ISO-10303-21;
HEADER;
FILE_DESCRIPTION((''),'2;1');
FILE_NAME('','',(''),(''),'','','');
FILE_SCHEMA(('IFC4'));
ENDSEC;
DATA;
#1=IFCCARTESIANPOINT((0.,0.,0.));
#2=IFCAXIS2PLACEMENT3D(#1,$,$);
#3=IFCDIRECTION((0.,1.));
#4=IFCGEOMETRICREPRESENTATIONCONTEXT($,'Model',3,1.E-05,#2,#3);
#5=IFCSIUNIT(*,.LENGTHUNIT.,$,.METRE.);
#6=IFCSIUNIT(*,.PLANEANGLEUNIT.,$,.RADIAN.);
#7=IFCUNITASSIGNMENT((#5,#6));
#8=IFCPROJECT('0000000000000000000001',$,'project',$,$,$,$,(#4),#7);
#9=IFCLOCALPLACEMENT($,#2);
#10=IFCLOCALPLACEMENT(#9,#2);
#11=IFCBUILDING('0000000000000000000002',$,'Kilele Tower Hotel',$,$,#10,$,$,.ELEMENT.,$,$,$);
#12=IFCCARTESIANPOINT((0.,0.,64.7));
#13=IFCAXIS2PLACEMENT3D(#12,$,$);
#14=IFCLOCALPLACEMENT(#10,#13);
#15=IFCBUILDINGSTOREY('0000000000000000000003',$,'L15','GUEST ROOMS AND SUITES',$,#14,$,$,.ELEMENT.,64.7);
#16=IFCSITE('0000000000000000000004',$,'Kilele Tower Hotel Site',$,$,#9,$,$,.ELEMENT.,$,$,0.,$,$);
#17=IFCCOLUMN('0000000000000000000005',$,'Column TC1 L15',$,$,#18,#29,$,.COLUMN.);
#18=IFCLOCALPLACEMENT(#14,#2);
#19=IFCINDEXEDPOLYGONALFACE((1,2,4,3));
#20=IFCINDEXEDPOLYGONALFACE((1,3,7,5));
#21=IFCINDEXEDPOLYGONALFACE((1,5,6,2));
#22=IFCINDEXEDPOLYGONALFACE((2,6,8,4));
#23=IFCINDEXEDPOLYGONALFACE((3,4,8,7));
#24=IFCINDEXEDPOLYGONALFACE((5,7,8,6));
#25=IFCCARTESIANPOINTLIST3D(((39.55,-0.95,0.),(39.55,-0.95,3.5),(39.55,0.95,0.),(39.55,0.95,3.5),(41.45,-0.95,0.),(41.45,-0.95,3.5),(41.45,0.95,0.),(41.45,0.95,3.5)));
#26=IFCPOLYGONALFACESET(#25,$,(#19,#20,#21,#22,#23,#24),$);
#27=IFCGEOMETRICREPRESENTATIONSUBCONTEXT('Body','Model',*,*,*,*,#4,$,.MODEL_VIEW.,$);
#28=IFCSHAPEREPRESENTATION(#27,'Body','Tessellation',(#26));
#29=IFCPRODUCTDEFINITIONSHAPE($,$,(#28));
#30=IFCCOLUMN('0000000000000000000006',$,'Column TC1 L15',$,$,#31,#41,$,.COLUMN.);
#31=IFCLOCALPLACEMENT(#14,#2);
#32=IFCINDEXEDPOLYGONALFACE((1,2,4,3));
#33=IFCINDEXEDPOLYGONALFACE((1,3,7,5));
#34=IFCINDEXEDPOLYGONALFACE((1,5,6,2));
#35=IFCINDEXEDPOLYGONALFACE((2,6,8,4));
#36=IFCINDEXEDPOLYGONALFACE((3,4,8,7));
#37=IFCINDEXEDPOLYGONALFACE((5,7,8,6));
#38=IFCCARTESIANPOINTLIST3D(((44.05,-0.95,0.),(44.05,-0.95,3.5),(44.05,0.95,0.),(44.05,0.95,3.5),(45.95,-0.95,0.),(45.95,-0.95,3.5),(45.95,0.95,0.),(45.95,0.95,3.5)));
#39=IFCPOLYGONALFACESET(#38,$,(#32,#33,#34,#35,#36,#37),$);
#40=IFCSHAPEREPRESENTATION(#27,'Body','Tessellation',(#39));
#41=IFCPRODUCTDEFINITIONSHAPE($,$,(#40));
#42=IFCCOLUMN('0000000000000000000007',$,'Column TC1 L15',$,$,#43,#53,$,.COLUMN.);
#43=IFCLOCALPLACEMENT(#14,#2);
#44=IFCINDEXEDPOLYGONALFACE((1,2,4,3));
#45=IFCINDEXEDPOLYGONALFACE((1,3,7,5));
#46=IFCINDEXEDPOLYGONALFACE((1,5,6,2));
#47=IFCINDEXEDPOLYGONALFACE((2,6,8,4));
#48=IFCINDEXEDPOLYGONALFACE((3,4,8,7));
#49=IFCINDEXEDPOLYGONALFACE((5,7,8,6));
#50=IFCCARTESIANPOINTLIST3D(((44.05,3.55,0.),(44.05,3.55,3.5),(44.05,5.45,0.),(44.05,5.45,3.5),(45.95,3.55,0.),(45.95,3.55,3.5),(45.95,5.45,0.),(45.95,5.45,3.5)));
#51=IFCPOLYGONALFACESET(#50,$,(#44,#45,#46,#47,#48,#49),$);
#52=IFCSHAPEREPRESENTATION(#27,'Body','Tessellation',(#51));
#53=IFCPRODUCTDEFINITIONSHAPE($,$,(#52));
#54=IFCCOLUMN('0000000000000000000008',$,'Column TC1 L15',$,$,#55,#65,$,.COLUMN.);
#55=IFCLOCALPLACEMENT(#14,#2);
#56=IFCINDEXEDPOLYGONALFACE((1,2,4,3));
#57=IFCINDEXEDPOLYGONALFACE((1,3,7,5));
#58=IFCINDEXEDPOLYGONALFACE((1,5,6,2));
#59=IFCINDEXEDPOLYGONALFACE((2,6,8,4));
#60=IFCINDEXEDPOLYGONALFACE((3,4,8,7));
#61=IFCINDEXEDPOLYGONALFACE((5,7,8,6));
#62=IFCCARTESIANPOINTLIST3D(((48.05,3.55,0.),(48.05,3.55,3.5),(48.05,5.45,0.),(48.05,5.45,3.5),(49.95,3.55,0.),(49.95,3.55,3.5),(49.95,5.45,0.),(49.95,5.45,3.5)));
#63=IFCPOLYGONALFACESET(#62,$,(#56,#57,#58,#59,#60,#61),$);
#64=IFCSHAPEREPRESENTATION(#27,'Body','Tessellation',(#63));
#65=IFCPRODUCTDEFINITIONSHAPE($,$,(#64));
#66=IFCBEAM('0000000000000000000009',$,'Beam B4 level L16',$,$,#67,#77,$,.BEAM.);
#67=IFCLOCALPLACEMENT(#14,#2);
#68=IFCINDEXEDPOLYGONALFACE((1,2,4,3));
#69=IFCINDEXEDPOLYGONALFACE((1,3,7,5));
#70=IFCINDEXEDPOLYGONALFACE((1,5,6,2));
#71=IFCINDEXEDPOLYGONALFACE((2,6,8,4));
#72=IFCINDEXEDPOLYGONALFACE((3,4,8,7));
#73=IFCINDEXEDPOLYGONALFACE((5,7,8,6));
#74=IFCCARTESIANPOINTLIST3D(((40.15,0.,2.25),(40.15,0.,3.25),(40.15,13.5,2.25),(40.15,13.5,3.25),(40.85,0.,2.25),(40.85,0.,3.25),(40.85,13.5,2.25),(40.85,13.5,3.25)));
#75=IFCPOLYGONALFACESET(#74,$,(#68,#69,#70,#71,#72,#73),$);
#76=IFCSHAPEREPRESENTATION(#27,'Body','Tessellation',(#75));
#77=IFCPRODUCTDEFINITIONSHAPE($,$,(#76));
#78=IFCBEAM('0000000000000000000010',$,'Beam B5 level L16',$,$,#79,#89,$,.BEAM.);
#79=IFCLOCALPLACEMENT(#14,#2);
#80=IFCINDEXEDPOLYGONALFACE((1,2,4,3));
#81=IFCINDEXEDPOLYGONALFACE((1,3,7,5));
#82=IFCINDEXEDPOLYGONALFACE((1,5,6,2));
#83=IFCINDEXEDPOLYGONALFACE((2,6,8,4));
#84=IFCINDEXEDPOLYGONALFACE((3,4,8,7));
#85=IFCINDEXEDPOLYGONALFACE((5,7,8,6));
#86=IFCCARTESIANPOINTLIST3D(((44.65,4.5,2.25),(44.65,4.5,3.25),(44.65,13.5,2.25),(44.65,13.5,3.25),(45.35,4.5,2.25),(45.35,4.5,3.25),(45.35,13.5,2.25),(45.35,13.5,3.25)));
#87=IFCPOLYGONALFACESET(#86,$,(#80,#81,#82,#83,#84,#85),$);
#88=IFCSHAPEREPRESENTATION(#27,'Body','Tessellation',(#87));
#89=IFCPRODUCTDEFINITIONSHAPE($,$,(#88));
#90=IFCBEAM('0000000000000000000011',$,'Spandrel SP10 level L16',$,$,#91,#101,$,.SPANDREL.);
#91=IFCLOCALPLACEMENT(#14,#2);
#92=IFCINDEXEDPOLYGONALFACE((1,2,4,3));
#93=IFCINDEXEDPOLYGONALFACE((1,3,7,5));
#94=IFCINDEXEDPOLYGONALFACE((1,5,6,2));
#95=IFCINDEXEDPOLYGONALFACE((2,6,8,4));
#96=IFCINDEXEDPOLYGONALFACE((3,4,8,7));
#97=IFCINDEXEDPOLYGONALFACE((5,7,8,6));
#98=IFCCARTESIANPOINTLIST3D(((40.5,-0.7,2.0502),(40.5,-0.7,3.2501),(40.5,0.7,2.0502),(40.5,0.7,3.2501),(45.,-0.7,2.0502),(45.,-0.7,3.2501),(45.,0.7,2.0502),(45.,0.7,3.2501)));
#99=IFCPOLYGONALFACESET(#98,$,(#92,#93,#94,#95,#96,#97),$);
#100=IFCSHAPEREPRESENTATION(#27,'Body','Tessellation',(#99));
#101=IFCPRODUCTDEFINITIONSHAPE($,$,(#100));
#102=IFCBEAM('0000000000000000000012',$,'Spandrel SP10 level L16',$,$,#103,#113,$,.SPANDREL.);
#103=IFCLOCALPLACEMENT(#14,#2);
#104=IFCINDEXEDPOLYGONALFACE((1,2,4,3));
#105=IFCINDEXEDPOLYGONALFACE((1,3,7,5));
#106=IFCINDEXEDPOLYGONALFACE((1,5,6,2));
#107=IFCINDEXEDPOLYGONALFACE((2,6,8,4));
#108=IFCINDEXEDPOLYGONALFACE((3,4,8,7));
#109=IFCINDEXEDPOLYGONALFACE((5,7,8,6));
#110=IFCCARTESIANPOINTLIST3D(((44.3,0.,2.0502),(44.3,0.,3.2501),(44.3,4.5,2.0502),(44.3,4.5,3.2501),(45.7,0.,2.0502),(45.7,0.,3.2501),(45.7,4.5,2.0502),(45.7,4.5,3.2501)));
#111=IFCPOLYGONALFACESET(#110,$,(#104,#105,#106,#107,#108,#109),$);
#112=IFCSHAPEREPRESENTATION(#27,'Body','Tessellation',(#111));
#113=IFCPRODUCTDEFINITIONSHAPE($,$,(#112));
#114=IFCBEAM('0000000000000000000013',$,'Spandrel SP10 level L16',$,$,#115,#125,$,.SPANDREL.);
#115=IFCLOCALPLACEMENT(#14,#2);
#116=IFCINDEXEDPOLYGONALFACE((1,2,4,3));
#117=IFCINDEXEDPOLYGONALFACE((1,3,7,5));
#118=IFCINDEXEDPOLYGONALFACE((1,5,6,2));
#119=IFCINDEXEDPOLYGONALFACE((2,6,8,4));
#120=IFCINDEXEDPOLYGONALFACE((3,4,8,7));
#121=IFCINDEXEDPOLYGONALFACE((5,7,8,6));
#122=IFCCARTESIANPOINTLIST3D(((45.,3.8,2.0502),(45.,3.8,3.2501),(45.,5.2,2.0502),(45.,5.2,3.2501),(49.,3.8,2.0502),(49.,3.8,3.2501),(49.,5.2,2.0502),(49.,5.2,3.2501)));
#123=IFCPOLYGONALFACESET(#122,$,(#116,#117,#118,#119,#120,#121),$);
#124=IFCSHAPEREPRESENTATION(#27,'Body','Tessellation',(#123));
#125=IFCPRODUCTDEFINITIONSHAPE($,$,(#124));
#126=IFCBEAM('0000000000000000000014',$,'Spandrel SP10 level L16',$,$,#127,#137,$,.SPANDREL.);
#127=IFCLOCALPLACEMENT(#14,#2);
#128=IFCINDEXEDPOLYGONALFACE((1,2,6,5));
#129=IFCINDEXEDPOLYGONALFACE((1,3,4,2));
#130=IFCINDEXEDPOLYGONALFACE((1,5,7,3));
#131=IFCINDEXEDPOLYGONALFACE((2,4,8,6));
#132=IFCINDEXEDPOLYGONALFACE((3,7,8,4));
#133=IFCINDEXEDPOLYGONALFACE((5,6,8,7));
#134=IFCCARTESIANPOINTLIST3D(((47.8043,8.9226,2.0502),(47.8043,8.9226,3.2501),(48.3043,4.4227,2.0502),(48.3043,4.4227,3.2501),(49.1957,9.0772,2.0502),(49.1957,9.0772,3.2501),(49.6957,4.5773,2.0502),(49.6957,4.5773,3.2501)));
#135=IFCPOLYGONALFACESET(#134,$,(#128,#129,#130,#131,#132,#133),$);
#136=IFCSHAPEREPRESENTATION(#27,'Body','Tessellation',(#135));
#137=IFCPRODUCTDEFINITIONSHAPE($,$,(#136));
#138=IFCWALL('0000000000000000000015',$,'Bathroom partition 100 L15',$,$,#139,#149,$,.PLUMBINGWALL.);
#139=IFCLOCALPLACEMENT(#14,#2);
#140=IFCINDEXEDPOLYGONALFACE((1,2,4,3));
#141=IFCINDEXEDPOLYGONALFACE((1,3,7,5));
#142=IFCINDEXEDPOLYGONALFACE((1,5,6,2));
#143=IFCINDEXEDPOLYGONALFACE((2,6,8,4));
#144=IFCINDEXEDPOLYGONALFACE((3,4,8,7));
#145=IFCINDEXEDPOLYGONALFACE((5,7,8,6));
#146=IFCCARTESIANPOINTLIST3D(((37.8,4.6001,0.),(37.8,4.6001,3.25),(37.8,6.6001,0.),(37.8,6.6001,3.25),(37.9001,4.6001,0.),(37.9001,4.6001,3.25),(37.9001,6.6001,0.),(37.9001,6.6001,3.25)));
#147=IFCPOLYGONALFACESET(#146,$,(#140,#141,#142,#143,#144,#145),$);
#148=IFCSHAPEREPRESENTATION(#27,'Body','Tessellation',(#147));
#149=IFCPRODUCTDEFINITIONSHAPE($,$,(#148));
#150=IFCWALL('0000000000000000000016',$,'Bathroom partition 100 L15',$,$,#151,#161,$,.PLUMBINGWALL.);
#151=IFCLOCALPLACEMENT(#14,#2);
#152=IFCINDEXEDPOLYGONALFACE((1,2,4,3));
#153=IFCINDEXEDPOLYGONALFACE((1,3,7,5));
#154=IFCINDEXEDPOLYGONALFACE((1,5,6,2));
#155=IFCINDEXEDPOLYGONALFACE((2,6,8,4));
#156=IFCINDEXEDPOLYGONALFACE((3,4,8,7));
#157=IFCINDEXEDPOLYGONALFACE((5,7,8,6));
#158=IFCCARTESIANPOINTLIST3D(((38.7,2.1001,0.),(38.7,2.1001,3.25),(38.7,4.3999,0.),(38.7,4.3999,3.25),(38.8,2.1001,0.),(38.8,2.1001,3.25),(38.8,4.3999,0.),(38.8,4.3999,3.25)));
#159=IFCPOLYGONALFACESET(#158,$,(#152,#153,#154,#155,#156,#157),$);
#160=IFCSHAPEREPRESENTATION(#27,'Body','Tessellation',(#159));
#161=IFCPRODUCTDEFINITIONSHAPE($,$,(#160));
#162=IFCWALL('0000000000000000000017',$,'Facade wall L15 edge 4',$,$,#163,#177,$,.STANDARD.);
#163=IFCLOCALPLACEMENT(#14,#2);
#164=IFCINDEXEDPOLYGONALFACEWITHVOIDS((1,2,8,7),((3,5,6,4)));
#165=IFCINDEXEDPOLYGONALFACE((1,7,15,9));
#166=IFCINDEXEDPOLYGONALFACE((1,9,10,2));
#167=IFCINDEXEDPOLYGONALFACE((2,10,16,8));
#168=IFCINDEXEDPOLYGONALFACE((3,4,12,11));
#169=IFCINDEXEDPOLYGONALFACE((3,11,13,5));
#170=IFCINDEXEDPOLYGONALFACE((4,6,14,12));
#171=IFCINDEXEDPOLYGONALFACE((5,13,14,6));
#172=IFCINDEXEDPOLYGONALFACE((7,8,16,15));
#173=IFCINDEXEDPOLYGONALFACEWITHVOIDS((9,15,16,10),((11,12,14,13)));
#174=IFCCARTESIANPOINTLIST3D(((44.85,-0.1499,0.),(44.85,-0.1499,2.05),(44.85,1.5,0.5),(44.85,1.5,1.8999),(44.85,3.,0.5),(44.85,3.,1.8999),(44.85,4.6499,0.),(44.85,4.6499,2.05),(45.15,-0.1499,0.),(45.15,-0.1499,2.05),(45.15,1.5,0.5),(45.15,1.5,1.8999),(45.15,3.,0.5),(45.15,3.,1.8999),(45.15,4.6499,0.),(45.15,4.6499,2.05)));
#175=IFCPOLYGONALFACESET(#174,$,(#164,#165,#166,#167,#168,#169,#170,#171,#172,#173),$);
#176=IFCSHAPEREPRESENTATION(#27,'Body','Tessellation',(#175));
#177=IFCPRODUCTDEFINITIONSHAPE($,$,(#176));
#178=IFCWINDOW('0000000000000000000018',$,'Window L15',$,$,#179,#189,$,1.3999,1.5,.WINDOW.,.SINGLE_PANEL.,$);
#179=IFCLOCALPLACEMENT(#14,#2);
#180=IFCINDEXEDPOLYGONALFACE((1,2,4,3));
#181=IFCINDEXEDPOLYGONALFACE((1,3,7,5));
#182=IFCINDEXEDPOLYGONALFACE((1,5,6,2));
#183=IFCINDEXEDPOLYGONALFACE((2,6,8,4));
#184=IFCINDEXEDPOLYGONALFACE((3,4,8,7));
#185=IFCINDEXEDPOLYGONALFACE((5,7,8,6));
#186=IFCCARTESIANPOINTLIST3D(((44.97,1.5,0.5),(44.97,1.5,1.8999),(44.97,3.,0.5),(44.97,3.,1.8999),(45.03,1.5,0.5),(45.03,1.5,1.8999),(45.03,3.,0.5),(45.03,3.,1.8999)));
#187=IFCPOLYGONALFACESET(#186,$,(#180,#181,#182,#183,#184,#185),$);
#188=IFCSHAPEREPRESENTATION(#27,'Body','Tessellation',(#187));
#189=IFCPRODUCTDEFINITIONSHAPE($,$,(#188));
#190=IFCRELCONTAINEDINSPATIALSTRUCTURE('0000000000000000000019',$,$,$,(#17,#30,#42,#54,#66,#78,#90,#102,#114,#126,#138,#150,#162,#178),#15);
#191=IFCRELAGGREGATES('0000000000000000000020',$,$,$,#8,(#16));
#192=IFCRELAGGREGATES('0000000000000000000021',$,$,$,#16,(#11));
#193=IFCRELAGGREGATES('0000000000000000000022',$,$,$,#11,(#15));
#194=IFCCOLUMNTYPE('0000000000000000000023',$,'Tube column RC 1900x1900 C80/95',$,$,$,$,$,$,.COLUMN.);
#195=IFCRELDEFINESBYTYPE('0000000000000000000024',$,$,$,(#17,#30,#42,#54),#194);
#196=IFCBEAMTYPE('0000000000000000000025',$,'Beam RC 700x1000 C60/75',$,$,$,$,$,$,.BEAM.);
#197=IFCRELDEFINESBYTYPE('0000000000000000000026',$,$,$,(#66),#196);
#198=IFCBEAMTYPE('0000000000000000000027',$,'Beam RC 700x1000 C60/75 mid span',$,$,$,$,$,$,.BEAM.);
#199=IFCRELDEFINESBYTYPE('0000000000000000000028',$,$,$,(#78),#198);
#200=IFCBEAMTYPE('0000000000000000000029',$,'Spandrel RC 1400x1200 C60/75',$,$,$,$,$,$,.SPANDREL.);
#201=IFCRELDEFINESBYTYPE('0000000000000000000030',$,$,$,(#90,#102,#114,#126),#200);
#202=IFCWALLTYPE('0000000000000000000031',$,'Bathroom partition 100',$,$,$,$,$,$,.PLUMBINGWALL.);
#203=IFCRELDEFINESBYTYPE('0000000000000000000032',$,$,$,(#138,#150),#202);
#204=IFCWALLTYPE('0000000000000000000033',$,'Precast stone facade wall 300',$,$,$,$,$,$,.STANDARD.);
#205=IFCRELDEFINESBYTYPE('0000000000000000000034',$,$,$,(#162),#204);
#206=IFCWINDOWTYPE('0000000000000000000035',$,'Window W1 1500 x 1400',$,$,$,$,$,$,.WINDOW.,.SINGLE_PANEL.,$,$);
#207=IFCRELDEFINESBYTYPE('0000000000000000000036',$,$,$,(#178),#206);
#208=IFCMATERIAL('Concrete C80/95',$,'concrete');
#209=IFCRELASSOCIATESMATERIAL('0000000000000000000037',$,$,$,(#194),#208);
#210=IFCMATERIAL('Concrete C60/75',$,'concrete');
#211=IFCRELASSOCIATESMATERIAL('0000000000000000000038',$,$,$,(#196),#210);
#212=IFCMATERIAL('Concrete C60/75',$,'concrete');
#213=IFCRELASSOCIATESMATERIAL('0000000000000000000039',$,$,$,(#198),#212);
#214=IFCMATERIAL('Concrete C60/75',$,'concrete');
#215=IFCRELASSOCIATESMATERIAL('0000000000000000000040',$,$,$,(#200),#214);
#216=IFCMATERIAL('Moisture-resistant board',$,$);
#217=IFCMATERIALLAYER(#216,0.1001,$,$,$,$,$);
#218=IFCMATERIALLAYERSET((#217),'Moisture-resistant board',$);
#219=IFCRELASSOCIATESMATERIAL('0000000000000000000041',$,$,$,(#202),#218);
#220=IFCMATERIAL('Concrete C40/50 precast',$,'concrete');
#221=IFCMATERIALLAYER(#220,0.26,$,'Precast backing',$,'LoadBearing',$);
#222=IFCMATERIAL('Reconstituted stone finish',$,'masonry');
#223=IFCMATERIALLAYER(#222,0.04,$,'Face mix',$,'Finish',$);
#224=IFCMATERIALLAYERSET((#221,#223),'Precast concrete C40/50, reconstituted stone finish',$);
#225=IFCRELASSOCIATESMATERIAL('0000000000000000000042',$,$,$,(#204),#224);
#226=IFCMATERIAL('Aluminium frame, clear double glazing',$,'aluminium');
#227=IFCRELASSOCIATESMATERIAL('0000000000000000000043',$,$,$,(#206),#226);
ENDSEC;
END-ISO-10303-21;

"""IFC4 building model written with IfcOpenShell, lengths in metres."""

from ifc_helpers import new_model, si_unit, direction, frame, frame_2d, origin, origin_2d, place, context, subcontext, project, spatial, rectangle, extrude, material, layer, layer_set, material_profile, profile_set, type_object, element, fill, save


model = new_model("IFC4")

# Units and contexts
model_context = context("Model", 3, precision=1e-05, world=origin(), true_north=direction((0.0, 1.0)))
body_context = subcontext(model_context, "Body", "Model", "MODEL_VIEW")
ifc_project = project(units=[si_unit("LENGTHUNIT", "METRE"), si_unit("PLANEANGLEUNIT", "RADIAN")], contexts=[model_context])

# Site, building, storey
site_placement = place(None, origin())
site = spatial("IfcSite", under=ifc_project, at=site_placement, Name="Kilele Tower Hotel Site", CompositionType="ELEMENT", RefElevation=0.0)
building_placement = place(site_placement, origin())
building = spatial("IfcBuilding", under=site, at=building_placement, Name="Kilele Tower Hotel", CompositionType="ELEMENT")
storey_placement = place(building_placement, frame((0.0, 0.0, 64.7)))
storey = spatial("IfcBuildingStorey", under=building, at=storey_placement, Name="L15", Description="GUEST ROOMS AND SUITES", CompositionType="ELEMENT", Elevation=64.7)

# Columns
ifc_material_1 = material(Name="Concrete C80/95", Category="concrete")
ifc_material_profile_1 = material_profile(ifc_material_1, rectangle(XDim=1.8999, YDim=1.8999, at=origin_2d()))
ifc_profile_set_1 = profile_set([ifc_material_profile_1], Name="Concrete C80/95")
column_type = type_object("IfcColumnType", Name="Tube column RC 1900x1900 C80/95", PredefinedType="COLUMN", material=ifc_profile_set_1)
for number, where, z_axis, x_axis, name in (
    (1, (40.5, 0.0, 0.0), (0.0, 0.0, 1.0), (1.0, 0.0, 0.0), "Column TC1 L15"),
    (2, (45.0, 0.0, 0.0), (0.0, 0.0, 1.0), (1.0, 0.0, 0.0), "Column TC1 L15"),
    (3, (45.0, 4.5, 0.0), (0.0, 0.0, 1.0), (1.0, 0.0, 0.0), "Column TC1 L15"),
    (4, (49.0, 4.5, 0.0), (0.0, 0.0, 1.0), (1.0, 0.0, 0.0), "Column TC1 L15"),
):
    element("IfcColumn", number, at=place(storey_placement, frame(where, z_axis=z_axis, x_axis=x_axis)), inside=storey, type_object=column_type, Name=name, PredefinedType="COLUMN", context=body_context, shape_type="SweptSolid", body=[
        extrude(rectangle(XDim=1.8999, YDim=1.8999, at=origin_2d()), origin(), (0.0, 0.0, 1.0), 3.5),
    ])

# Beams
ifc_material_2 = material(Name="Concrete C60/75", Category="concrete")
ifc_material_profile_2 = material_profile(ifc_material_2, rectangle(XDim=0.7, YDim=1.0, at=origin_2d()))
ifc_profile_set_2 = profile_set([ifc_material_profile_2], Name="Concrete C60/75")
beam_type_1 = type_object("IfcBeamType", Name="Beam RC 700x1000 C60/75", PredefinedType="BEAM", material=ifc_profile_set_2)
beam_1_placement = place(storey_placement, frame((40.5, 0.0, 2.75), z_axis=(0.0, 1.0, 0.0), x_axis=(-1.0, 0.0, 0.0)))
element("IfcBeam", 5, at=beam_1_placement, inside=storey, type_object=beam_type_1, Name="Beam B4 level L16", PredefinedType="BEAM", context=body_context, shape_type="SweptSolid", body=[
    extrude(rectangle(XDim=0.7, YDim=1.0, at=origin_2d()), origin(), (0.0, 0.0, 1.0), 13.5),
])
ifc_material_3 = material(Name="Concrete C60/75", Category="concrete")
ifc_material_profile_3 = material_profile(ifc_material_3, rectangle(XDim=0.7, YDim=1.0, at=origin_2d()))
ifc_profile_set_3 = profile_set([ifc_material_profile_3], Name="Concrete C60/75")
beam_type_2 = type_object("IfcBeamType", Name="Beam RC 700x1000 C60/75 mid span", PredefinedType="BEAM", material=ifc_profile_set_3)
beam_2_placement = place(storey_placement, frame((45.0, 4.5, 2.75), z_axis=(0.0, 1.0, 0.0), x_axis=(-1.0, 0.0, 0.0)))
element("IfcBeam", 6, at=beam_2_placement, inside=storey, type_object=beam_type_2, Name="Beam B5 level L16", PredefinedType="BEAM", context=body_context, shape_type="SweptSolid", body=[
    extrude(rectangle(XDim=0.7, YDim=1.0, at=origin_2d()), origin(), (0.0, 0.0, 1.0), 9.0),
])
ifc_material_4 = material(Name="Concrete C60/75", Category="concrete")
ifc_material_profile_4 = material_profile(ifc_material_4, rectangle(XDim=1.3999, YDim=1.2, at=origin_2d()))
ifc_profile_set_4 = profile_set([ifc_material_profile_4], Name="Concrete C60/75")
beam_type_3 = type_object("IfcBeamType", Name="Spandrel RC 1400x1200 C60/75", PredefinedType="SPANDREL", material=ifc_profile_set_4)
for number, where, z_axis, x_axis, name in (
    (7, (40.5, 0.0, 2.6501), (1.0, 0.0, 0.0), (0.0, 1.0, 0.0), "Spandrel SP10 level L16"),
    (8, (45.0, 0.0, 2.6501), (0.0, 1.0, 0.0), (-1.0, 0.0, 0.0), "Spandrel SP10 level L16"),
):
    element("IfcBeam", number, at=place(storey_placement, frame(where, z_axis=z_axis, x_axis=x_axis)), inside=storey, type_object=beam_type_3, Name=name, PredefinedType="SPANDREL", context=body_context, shape_type="SweptSolid", body=[
        extrude(rectangle(XDim=1.3999, YDim=1.2, at=origin_2d()), origin(), (0.0, 0.0, 1.0), 4.5),
    ])
beam_3_placement = place(storey_placement, frame((45.0, 4.5, 2.6501), z_axis=(1.0, 0.0, 0.0), x_axis=(0.0, 1.0, 0.0)))
element("IfcBeam", 9, at=beam_3_placement, inside=storey, type_object=beam_type_3, Name="Spandrel SP10 level L16", PredefinedType="SPANDREL", context=body_context, shape_type="SweptSolid", body=[
    extrude(rectangle(XDim=1.3999, YDim=1.2, at=origin_2d()), origin(), (0.0, 0.0, 1.0), 4.0),
])
beam_4_placement = place(storey_placement, frame((49.0, 4.5, 2.6501), z_axis=(-0.110432, 0.993884, 0.0), x_axis=(-0.993884, -0.110432, 0.0)))
element("IfcBeam", 10, at=beam_4_placement, inside=storey, type_object=beam_type_3, Name="Spandrel SP10 level L16", PredefinedType="SPANDREL", context=body_context, shape_type="SweptSolid", body=[
    extrude(rectangle(XDim=1.3999, YDim=1.2, at=origin_2d()), origin(), (0.0, 0.0, 1.0), 4.5276),
])

# Walls
ifc_material_5 = material(Name="Moisture-resistant board")
ifc_layer_1 = layer(ifc_material_5, 0.1001)
ifc_layer_set_1 = layer_set([ifc_layer_1], Name="Moisture-resistant board")
wall_type_1 = type_object("IfcWallType", Name="Bathroom partition 100", PredefinedType="PLUMBINGWALL", material=ifc_layer_set_1)
wall_1_placement = place(storey_placement, frame((37.8501, 4.6001, 0.0), z_axis=(0.0, 0.0, 1.0), x_axis=(0.0, 1.0, 0.0)))
element("IfcWall", 11, at=wall_1_placement, inside=storey, type_object=wall_type_1, Name="Bathroom partition 100 L15", PredefinedType="PLUMBINGWALL", context=body_context, shape_type="SweptSolid", body=[
    extrude(rectangle(XDim=2.0, YDim=0.1001, at=frame_2d((1.0, 0.0))), origin(), (0.0, 0.0, 1.0), 3.25),
])
wall_2_placement = place(storey_placement, frame((38.75, 4.3999, 0.0), z_axis=(0.0, 0.0, 1.0), x_axis=(0.0, -1.0, 0.0)))
element("IfcWall", 12, at=wall_2_placement, inside=storey, type_object=wall_type_1, Name="Bathroom partition 100 L15", PredefinedType="PLUMBINGWALL", context=body_context, shape_type="SweptSolid", body=[
    extrude(rectangle(XDim=2.2998, YDim=0.1001, at=frame_2d((1.1499, 0.0))), origin(), (0.0, 0.0, 1.0), 3.25),
])

# Wall, opening, window
ifc_material_6 = material(Name="Concrete C40/50 precast", Category="concrete")
ifc_layer_2 = layer(ifc_material_6, 0.26, Name="Precast backing", Category="LoadBearing")
ifc_material_7 = material(Name="Reconstituted stone finish", Category="masonry")
ifc_layer_3 = layer(ifc_material_7, 0.04, Name="Face mix", Category="Finish")
ifc_layer_set_2 = layer_set([ifc_layer_2, ifc_layer_3], Name="Precast concrete C40/50, reconstituted stone finish")
wall_type_2 = type_object("IfcWallType", Name="Precast stone facade wall 300", PredefinedType="STANDARD", material=ifc_layer_set_2)
wall_3_placement = place(storey_placement, frame((45.0, -0.1499, 0.0), z_axis=(0.0, 0.0, 1.0), x_axis=(0.0, 1.0, 0.0)))
wall_3 = element("IfcWall", 13, at=wall_3_placement, inside=storey, type_object=wall_type_2, Name="Facade wall L15 edge 4", PredefinedType="STANDARD", context=body_context, shape_type="SweptSolid", body=[
    extrude(rectangle(XDim=4.7998, YDim=0.3, at=frame_2d((2.3999, 0.0))), origin(), (0.0, 0.0, 1.0), 2.05),
])
opening_1_placement = place(wall_3_placement, frame((1.6499, 0.0, 0.5)))
opening_1 = element("IfcOpeningElement", 14, at=opening_1_placement, cuts=wall_3, PredefinedType="OPENING", context=body_context, shape_type="SweptSolid", body=[
    extrude(rectangle(XDim=1.5, YDim=1.3999, at=frame_2d((0.75, 0.7))), frame((0.0, 0.1599, 0.0), z_axis=(0.0, -1.0, 0.0), x_axis=(1.0, 0.0, 0.0)), (0.0, 0.0, 1.0), 0.3201),
])
ifc_material_8 = material(Name="Aluminium frame, clear double glazing", Category="aluminium")
window_type = type_object("IfcWindowType", Name="Window W1 1500 x 1400", PartitioningType="SINGLE_PANEL", PredefinedType="WINDOW", material=ifc_material_8)
window_1_placement = place(opening_1_placement, origin())
window_1 = element("IfcWindow", 15, at=window_1_placement, inside=storey, type_object=window_type, Name="Window L15", OverallHeight=1.3999, OverallWidth=1.5, PartitioningType="SINGLE_PANEL", PredefinedType="WINDOW", context=body_context, shape_type="SweptSolid", body=[
    extrude(rectangle(XDim=1.5, YDim=1.3999, at=frame_2d((0.75, 0.7))), frame((0.0, 0.03, 0.0), z_axis=(0.0, -1.0, 0.0), x_axis=(1.0, 0.0, 0.0)), (0.0, 0.0, 1.0), 0.0601),
])
fill(opening_1, window_1)

save(model, "model.ifc")
